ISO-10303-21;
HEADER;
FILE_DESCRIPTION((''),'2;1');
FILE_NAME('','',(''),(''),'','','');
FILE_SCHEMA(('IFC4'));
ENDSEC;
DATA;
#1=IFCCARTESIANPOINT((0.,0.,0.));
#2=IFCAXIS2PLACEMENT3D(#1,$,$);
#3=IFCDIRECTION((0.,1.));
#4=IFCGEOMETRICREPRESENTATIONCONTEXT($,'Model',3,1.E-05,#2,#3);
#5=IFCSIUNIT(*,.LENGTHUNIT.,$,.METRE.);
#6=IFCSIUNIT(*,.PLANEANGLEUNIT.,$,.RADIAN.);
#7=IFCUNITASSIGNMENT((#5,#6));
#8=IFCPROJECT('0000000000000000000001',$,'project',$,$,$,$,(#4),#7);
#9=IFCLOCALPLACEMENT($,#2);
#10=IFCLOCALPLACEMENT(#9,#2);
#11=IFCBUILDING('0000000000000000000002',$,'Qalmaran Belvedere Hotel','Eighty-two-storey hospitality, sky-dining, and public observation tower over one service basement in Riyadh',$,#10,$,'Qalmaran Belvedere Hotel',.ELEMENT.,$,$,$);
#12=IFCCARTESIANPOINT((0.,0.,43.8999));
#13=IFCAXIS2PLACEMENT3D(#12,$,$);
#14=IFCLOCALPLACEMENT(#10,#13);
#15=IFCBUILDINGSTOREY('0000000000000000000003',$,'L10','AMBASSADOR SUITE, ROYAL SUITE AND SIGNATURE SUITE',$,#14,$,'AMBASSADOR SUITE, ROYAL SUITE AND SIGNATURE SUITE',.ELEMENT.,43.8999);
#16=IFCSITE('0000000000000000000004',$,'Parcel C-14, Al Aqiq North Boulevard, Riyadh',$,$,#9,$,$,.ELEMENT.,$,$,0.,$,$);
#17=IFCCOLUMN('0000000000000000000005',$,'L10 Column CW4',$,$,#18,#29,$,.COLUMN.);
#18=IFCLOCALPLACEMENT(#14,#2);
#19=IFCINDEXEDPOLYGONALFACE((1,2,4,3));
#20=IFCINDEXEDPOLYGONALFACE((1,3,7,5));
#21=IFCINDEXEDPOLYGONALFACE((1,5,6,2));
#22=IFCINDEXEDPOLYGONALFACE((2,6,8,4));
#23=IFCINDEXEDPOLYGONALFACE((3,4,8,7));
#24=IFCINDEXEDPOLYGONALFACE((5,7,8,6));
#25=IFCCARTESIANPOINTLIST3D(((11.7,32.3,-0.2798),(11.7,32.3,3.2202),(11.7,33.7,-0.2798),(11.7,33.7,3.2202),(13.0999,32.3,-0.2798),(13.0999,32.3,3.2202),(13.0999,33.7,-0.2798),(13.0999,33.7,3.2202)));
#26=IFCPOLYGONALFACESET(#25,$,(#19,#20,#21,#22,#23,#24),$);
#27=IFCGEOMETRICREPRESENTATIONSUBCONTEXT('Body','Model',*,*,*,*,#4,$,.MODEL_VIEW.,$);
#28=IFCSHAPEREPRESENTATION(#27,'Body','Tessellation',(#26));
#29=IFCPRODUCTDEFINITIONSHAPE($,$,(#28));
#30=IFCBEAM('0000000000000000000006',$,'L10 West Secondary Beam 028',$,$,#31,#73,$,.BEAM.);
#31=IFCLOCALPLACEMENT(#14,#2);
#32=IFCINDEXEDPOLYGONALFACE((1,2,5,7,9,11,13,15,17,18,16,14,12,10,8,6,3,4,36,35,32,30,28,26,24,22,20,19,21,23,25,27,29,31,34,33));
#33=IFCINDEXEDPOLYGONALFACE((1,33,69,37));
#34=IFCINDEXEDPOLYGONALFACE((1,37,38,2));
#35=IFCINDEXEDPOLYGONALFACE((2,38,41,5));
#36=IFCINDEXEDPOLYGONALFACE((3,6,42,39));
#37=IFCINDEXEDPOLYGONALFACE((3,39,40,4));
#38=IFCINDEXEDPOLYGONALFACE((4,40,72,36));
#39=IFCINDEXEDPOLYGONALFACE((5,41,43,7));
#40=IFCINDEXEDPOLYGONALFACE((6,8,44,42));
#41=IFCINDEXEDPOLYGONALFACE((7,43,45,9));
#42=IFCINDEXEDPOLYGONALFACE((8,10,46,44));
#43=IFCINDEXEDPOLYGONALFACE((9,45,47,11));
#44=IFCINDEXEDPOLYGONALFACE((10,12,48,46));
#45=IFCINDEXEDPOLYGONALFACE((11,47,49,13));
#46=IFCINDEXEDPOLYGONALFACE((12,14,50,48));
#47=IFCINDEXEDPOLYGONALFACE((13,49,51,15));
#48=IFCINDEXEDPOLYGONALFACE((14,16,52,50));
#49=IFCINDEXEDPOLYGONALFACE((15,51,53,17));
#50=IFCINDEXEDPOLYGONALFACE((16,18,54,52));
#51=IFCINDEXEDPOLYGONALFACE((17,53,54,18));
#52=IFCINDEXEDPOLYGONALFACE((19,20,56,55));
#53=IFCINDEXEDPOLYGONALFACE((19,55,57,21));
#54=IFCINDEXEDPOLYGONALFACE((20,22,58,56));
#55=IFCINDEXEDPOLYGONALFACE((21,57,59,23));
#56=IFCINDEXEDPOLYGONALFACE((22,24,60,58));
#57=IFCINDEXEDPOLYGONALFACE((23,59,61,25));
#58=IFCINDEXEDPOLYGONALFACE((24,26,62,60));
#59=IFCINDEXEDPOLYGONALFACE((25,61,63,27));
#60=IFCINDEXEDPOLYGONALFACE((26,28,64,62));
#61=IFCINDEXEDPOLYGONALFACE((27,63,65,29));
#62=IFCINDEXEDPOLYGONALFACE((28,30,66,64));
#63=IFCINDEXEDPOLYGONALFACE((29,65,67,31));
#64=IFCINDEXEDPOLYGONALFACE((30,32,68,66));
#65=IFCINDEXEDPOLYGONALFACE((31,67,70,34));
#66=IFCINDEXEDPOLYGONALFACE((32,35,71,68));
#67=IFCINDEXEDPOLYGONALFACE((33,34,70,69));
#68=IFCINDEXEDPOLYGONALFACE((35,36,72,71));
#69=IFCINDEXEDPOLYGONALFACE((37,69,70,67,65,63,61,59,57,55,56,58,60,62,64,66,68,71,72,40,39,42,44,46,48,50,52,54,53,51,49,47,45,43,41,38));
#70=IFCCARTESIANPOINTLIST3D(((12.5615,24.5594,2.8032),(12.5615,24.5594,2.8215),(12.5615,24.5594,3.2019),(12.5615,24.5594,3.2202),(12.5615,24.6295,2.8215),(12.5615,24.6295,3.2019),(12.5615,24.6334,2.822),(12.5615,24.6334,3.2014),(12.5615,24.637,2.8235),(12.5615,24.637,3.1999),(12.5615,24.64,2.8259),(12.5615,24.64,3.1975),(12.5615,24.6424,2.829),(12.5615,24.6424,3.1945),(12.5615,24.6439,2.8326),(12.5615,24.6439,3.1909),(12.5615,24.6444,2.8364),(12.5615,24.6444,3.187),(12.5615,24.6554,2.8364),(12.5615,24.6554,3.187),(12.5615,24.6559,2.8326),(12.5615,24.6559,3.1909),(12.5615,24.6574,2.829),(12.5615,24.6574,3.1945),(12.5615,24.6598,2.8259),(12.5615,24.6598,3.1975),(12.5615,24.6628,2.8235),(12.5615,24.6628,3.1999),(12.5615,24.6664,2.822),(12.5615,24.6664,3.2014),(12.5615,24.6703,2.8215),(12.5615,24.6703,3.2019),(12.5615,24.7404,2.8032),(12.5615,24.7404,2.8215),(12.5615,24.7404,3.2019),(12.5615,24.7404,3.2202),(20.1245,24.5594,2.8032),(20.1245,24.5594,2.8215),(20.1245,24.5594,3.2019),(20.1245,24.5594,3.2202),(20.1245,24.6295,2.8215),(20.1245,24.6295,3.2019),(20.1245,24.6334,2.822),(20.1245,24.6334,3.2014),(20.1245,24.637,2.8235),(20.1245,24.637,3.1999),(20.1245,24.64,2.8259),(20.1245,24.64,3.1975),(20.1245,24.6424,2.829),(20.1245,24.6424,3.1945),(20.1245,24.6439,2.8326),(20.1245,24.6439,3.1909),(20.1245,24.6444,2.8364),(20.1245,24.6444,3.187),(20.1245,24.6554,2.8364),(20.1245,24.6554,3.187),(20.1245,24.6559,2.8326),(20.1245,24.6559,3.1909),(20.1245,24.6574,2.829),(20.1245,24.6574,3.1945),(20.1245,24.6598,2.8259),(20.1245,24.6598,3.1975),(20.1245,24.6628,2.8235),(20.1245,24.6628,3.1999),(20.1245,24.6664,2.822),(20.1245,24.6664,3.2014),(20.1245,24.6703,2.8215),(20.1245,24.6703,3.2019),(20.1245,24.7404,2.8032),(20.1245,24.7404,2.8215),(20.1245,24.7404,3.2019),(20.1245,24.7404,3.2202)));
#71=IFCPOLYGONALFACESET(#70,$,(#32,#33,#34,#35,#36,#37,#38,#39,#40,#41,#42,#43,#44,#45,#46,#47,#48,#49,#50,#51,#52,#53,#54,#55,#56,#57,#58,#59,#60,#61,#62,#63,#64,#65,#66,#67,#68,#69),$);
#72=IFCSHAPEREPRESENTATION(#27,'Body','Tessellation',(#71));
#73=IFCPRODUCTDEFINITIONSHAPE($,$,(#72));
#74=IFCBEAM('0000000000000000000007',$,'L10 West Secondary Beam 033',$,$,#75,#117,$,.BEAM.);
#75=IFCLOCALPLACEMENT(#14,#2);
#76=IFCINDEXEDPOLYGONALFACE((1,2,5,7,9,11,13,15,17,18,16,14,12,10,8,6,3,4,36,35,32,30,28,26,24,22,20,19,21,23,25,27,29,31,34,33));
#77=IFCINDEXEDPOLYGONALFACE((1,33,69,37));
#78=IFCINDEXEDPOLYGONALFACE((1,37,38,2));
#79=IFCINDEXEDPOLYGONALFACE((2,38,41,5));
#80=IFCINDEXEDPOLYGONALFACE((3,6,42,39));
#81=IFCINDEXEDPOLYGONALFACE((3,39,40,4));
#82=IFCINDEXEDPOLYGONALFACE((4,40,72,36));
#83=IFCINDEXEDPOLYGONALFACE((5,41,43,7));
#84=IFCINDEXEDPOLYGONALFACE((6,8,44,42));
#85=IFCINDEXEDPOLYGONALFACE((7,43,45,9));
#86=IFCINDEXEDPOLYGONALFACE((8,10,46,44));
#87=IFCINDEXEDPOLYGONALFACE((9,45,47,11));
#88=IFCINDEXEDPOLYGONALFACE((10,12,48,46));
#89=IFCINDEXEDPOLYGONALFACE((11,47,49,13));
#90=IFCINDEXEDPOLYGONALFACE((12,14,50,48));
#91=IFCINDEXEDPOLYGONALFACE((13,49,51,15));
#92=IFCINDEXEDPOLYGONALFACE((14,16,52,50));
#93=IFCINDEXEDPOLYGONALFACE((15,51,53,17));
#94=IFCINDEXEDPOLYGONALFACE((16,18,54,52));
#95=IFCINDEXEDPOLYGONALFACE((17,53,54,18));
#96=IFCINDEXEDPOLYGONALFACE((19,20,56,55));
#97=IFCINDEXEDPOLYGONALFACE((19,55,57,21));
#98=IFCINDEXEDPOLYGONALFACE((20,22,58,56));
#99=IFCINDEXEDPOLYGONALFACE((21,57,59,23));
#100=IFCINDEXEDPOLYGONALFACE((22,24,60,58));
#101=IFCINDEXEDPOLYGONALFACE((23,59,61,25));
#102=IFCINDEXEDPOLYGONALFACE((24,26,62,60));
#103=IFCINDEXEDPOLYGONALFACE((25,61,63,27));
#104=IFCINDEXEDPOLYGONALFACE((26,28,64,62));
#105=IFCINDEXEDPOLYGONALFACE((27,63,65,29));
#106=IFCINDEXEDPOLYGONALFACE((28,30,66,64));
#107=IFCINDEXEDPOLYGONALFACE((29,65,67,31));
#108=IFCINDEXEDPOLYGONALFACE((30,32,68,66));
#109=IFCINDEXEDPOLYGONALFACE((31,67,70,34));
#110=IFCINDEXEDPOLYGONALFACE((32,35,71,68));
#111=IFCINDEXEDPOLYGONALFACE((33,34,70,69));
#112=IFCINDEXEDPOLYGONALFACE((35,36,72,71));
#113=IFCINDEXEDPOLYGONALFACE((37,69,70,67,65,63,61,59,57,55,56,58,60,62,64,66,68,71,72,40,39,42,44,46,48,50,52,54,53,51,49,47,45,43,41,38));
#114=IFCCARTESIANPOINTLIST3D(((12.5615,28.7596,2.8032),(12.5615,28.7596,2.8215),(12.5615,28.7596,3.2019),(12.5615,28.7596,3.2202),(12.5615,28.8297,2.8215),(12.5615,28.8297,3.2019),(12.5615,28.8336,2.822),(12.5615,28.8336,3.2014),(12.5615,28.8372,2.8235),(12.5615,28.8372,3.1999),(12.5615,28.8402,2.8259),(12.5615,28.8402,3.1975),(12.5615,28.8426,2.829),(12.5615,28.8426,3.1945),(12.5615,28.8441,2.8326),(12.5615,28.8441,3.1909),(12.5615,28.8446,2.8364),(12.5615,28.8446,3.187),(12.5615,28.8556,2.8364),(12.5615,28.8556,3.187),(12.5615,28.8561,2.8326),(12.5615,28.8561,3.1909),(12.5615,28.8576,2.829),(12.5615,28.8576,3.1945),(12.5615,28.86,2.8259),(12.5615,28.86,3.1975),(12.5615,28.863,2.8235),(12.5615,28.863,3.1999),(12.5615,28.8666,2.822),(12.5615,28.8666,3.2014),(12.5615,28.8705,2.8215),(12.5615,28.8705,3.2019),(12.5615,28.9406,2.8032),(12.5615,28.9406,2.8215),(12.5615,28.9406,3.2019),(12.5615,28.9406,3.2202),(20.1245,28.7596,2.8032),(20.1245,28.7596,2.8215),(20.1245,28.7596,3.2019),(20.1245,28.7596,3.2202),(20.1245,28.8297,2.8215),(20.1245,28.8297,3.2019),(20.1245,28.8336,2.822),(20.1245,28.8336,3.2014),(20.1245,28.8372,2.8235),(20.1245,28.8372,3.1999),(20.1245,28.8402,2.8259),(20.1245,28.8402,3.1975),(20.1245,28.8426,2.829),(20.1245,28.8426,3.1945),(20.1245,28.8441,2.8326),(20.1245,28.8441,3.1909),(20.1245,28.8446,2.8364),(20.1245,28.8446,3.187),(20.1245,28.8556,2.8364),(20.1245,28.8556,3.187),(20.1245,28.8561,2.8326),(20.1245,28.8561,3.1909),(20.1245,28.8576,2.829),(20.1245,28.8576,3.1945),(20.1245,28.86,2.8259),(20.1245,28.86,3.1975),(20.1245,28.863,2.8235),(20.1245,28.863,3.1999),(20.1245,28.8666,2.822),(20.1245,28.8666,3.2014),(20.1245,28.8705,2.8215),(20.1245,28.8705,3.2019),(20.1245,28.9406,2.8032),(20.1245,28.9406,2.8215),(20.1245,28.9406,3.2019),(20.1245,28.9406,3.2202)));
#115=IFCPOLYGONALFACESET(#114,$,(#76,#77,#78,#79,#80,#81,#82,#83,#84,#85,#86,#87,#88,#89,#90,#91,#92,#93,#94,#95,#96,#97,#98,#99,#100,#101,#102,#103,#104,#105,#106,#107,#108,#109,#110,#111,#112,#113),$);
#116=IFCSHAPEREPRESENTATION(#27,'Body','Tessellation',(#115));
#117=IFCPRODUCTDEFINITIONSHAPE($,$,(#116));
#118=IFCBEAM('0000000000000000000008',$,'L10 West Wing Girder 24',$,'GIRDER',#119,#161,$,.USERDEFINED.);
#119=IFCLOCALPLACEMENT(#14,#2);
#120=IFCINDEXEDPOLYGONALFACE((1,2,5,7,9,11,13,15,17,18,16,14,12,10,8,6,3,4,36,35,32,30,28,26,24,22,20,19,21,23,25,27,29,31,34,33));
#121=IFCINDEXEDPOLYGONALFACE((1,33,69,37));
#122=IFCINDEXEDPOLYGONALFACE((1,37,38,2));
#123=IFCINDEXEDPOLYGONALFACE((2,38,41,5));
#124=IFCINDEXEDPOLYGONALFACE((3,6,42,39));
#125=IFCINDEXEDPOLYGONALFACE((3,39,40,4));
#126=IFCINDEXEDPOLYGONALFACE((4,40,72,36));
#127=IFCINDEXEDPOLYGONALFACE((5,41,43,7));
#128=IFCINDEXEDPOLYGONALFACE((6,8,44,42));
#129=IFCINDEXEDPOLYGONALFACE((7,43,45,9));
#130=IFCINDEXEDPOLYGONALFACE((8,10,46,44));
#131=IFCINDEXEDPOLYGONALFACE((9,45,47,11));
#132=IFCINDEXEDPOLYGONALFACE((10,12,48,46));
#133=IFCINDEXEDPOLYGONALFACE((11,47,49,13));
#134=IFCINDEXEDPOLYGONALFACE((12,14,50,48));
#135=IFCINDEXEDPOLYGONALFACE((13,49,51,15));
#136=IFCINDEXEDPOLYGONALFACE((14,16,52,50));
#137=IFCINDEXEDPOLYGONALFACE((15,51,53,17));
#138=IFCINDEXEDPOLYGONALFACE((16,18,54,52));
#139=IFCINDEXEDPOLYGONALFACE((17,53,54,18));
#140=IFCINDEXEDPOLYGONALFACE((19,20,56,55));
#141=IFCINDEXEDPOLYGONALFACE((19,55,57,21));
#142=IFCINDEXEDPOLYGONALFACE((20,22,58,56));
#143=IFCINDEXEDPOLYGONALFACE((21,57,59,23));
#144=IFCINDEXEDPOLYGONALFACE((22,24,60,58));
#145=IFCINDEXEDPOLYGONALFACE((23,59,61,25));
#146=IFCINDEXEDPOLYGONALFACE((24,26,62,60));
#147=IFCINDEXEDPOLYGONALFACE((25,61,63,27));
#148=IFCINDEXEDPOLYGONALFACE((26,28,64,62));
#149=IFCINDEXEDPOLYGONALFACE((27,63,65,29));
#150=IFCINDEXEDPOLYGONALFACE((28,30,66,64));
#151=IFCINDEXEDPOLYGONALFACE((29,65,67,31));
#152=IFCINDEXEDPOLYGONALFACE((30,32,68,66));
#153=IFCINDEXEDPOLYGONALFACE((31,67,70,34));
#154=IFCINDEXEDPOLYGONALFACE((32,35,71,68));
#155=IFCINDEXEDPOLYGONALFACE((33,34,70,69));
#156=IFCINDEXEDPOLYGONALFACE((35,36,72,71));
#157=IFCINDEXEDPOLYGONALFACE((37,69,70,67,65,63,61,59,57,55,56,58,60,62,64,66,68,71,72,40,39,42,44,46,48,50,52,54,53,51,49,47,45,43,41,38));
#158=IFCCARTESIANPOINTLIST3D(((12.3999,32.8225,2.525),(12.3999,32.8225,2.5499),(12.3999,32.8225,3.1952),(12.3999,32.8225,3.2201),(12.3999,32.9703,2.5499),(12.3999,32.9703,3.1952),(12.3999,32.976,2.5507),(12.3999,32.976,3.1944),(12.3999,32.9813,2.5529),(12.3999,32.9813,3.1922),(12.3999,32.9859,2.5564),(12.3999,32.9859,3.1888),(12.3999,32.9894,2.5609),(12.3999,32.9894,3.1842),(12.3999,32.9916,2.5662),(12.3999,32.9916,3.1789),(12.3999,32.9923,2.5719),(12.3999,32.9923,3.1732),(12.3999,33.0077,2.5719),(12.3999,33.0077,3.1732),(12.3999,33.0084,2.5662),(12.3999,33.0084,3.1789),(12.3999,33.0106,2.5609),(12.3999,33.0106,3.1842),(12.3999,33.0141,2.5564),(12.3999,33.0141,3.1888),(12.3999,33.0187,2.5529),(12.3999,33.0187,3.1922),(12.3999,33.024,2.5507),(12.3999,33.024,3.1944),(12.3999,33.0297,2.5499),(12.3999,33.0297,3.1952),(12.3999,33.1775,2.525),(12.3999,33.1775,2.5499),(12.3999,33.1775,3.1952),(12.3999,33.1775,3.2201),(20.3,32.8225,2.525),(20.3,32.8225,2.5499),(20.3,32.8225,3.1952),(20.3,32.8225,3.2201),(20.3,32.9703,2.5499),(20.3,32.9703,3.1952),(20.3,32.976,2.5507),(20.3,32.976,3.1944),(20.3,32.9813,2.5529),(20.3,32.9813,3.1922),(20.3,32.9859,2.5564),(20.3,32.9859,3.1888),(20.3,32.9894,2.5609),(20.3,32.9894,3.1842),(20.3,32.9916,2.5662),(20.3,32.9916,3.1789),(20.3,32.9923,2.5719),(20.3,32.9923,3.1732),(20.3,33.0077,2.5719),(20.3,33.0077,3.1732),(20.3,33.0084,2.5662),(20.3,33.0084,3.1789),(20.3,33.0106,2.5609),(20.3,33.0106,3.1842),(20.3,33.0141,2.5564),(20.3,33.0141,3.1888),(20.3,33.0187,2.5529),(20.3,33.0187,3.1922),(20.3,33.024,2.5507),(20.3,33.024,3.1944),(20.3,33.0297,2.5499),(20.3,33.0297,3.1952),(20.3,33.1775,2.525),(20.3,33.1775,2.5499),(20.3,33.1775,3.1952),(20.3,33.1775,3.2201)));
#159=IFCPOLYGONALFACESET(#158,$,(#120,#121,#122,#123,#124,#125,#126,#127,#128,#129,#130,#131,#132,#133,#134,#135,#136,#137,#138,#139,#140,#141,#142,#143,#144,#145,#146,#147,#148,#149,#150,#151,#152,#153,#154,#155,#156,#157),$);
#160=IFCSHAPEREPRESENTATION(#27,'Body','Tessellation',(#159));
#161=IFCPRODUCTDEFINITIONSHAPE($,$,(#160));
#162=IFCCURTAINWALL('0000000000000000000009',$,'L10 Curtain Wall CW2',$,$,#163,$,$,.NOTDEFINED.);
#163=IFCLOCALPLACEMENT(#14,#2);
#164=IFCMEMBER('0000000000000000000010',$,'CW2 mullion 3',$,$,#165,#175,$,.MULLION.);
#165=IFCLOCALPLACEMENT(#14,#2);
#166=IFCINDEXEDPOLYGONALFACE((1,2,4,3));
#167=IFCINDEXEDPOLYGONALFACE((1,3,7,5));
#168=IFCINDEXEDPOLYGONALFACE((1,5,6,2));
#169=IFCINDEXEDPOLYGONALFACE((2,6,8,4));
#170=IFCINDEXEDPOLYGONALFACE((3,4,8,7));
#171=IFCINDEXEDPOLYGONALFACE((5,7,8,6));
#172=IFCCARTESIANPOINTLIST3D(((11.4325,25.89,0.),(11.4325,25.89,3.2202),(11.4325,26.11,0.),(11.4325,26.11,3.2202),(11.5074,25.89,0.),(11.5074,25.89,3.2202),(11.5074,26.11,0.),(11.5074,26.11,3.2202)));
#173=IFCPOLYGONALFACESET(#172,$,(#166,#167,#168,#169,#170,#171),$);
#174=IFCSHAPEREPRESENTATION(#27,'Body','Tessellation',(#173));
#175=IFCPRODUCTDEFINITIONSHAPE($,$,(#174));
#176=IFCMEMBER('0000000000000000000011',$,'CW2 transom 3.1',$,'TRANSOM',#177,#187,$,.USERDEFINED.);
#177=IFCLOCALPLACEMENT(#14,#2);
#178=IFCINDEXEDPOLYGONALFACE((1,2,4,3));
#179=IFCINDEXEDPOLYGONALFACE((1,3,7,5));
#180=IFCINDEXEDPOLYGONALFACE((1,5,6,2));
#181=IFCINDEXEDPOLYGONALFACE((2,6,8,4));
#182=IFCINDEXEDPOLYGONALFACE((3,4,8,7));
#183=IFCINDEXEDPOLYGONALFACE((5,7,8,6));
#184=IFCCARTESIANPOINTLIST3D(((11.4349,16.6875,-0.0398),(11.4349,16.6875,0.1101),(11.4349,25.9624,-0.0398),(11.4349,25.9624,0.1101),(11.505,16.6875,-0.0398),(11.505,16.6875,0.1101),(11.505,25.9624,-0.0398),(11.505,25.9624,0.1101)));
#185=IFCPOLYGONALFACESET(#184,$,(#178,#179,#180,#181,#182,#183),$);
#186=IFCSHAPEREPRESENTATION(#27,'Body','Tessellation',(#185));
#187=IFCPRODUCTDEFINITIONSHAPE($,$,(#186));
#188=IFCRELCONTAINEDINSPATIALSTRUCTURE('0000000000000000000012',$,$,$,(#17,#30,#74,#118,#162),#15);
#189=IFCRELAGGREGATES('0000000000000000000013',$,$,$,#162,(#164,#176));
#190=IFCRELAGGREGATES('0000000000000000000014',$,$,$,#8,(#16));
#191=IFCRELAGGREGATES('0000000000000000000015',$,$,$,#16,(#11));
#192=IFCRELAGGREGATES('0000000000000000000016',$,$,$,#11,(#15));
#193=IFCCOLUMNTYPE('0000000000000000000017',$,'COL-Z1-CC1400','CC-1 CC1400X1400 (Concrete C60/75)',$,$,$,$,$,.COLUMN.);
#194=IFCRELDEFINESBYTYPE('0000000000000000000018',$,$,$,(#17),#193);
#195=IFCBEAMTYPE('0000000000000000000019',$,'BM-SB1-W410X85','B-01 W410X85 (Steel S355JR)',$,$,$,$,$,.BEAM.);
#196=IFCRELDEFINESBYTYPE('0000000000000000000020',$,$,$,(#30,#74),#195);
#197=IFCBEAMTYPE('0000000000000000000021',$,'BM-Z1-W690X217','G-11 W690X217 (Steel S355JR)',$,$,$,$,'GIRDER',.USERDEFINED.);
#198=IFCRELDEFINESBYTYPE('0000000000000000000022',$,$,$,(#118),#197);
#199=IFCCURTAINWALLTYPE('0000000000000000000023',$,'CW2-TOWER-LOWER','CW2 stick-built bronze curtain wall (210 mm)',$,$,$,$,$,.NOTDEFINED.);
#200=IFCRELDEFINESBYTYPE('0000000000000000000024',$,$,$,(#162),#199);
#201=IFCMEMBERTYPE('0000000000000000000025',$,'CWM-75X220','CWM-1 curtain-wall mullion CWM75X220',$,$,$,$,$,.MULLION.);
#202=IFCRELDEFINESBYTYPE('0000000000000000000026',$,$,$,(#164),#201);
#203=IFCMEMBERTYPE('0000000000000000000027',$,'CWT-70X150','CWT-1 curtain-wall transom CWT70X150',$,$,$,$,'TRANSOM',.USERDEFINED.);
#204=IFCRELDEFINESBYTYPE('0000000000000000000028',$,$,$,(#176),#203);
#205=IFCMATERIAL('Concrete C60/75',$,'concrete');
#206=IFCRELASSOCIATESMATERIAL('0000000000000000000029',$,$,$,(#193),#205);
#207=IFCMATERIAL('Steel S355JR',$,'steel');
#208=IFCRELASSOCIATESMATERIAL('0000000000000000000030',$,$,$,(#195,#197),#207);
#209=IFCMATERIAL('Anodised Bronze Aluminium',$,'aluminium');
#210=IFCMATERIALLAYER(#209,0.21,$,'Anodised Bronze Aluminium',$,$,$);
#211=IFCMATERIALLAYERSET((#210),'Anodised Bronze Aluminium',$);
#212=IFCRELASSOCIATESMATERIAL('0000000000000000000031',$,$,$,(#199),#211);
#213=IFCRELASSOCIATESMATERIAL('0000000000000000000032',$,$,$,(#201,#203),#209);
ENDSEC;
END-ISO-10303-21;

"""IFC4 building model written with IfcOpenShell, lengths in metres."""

from ifc_helpers import new_model, si_unit, direction, frame, origin, origin_2d, place, context, subcontext, project, spatial, rectangle, i_section, extrude, material, layer, layer_set, material_profile, profile_set, type_object, element, aggregate, save


model = new_model("IFC4")

# Units and contexts
model_context = context("Model", 3, precision=1e-05, world=origin(), true_north=direction((0.0, 1.0)))
body_context = subcontext(model_context, "Body", "Model", "MODEL_VIEW")
ifc_project = project(units=[si_unit("LENGTHUNIT", "METRE"), si_unit("PLANEANGLEUNIT", "RADIAN")], contexts=[model_context])

# Site, building, storey
site_placement = place(None, origin())
site = spatial("IfcSite", under=ifc_project, at=site_placement, Name="Parcel C-14, Al Aqiq North Boulevard, Riyadh", CompositionType="ELEMENT", RefElevation=0.0)
building_placement = place(site_placement, origin())
building = spatial("IfcBuilding", under=site, at=building_placement, Name="Qalmaran Belvedere Hotel", Description="Eighty-two-storey hospitality, sky-dining, and public observation tower over one service basement in Riyadh", LongName="Qalmaran Belvedere Hotel", CompositionType="ELEMENT")
storey_placement = place(building_placement, frame((0.0, 0.0, 43.8999)))
storey = spatial("IfcBuildingStorey", under=building, at=storey_placement, Name="L10", Description="AMBASSADOR SUITE, ROYAL SUITE AND SIGNATURE SUITE", LongName="AMBASSADOR SUITE, ROYAL SUITE AND SIGNATURE SUITE", CompositionType="ELEMENT", Elevation=43.8999)

# Column
ifc_material_1 = material(Name="Concrete C60/75", Category="concrete")
ifc_material_profile_1 = material_profile(ifc_material_1, rectangle(XDim=1.3999, YDim=1.3999, at=origin_2d()), Name="CC1400X1400")
ifc_profile_set_1 = profile_set([ifc_material_profile_1], Name="Concrete C60/75")
column_type = type_object("IfcColumnType", Name="COL-Z1-CC1400", Description="CC-1 CC1400X1400 (Concrete C60/75)", PredefinedType="COLUMN", material=ifc_profile_set_1)
column_placement = place(storey_placement, frame((12.3999, 33.0, -0.2798), z_axis=(0.0, 0.0, 1.0), x_axis=(1.0, 0.0, 0.0)))
element("IfcColumn", 1, at=column_placement, inside=storey, type_object=column_type, Name="L10 Column CW4", PredefinedType="COLUMN", context=body_context, shape_type="SweptSolid", body=[
    extrude(rectangle(XDim=1.3999, YDim=1.3999, at=origin_2d()), origin(), (0.0, 0.0, 1.0), 3.5),
])

# Beams
ifc_material_2 = material(Name="Steel S355JR", Category="steel")
ifc_material_profile_2 = material_profile(ifc_material_2, i_section(OverallWidth=0.1809, OverallDepth=0.417, WebThickness=0.011, FlangeThickness=0.0183, FilletRadius=0.0149, at=origin_2d()), Name="W410X85")
ifc_profile_set_2 = profile_set([ifc_material_profile_2], Name="Steel S355JR")
beam_type_1 = type_object("IfcBeamType", Name="BM-SB1-W410X85", Description="B-01 W410X85 (Steel S355JR)", PredefinedType="BEAM", material=ifc_profile_set_2)
for number, where, z_axis, x_axis, name in (
    (2, (12.5615, 24.6499, 3.0117), (1.0, 0.0, 0.0), (0.0, 1.0, 0.0), "L10 West Secondary Beam 028"),
    (3, (12.5615, 28.8501, 3.0117), (1.0, 0.0, 0.0), (0.0, 1.0, 0.0), "L10 West Secondary Beam 033"),
):
    element("IfcBeam", number, at=place(storey_placement, frame(where, z_axis=z_axis, x_axis=x_axis)), inside=storey, type_object=beam_type_1, Name=name, PredefinedType="BEAM", context=body_context, shape_type="SweptSolid", body=[
        extrude(i_section(OverallWidth=0.1809, OverallDepth=0.417, WebThickness=0.011, FlangeThickness=0.0183, FilletRadius=0.0149, at=origin_2d()), origin(), (0.0, 0.0, 1.0), 7.563),
    ])
ifc_material_profile_3 = material_profile(ifc_material_2, i_section(OverallWidth=0.355, OverallDepth=0.6951, WebThickness=0.0154, FlangeThickness=0.0249, FilletRadius=0.022, at=origin_2d()), Name="W690X217")
ifc_profile_set_3 = profile_set([ifc_material_profile_3], Name="Steel S355JR")
beam_type_2 = type_object("IfcBeamType", Name="BM-Z1-W690X217", Description="G-11 W690X217 (Steel S355JR)", ElementType="GIRDER", PredefinedType="USERDEFINED", material=ifc_profile_set_3)
beam_placement = place(storey_placement, frame((12.3999, 33.0, 2.8726), z_axis=(1.0, 0.0, 0.0), x_axis=(0.0, 1.0, 0.0)))
element("IfcBeam", 4, at=beam_placement, inside=storey, type_object=beam_type_2, Name="L10 West Wing Girder 24", ObjectType="GIRDER", PredefinedType="USERDEFINED", context=body_context, shape_type="SweptSolid", body=[
    extrude(i_section(OverallWidth=0.355, OverallDepth=0.6951, WebThickness=0.0154, FlangeThickness=0.0249, FilletRadius=0.022, at=origin_2d()), origin(), (0.0, 0.0, 1.0), 7.9001),
])

# Curtain wall, members
ifc_material_3 = material(Name="Anodised Bronze Aluminium", Category="aluminium")
ifc_layer_1 = layer(ifc_material_3, 0.21, Name="Anodised Bronze Aluminium")
ifc_layer_set_1 = layer_set([ifc_layer_1], Name="Anodised Bronze Aluminium")
curtain_wall_type = type_object("IfcCurtainWallType", Name="CW2-TOWER-LOWER", Description="CW2 stick-built bronze curtain wall (210 mm)", PredefinedType="NOTDEFINED", material=ifc_layer_set_1)
curtain_wall_placement = place(storey_placement, origin())
curtain_wall = element("IfcCurtainWall", 5, at=curtain_wall_placement, inside=storey, type_object=curtain_wall_type, Name="L10 Curtain Wall CW2", PredefinedType="NOTDEFINED")
ifc_material_profile_4 = material_profile(ifc_material_3, rectangle(XDim=0.075, YDim=0.22, at=origin_2d()), Name="CWM75X220")
ifc_profile_set_4 = profile_set([ifc_material_profile_4], Name="Anodised Bronze Aluminium")
member_type_1 = type_object("IfcMemberType", Name="CWM-75X220", Description="CWM-1 curtain-wall mullion CWM75X220", PredefinedType="MULLION", material=ifc_profile_set_4)
member_1_placement = place(storey_placement, frame((11.47, 26.0, 0.0), z_axis=(0.0, 0.0, 1.0), x_axis=(1.0, 0.0, 0.0)))
member_1 = element("IfcMember", 6, at=member_1_placement, type_object=member_type_1, Name="CW2 mullion 3", PredefinedType="MULLION", context=body_context, shape_type="SweptSolid", body=[
    extrude(rectangle(XDim=0.075, YDim=0.22, at=origin_2d()), origin(), (0.0, 0.0, 1.0), 3.2202),
])
ifc_material_profile_5 = material_profile(ifc_material_3, rectangle(XDim=0.0701, YDim=0.1499, at=origin_2d()), Name="CWT70X150")
ifc_profile_set_5 = profile_set([ifc_material_profile_5], Name="Anodised Bronze Aluminium")
member_type_2 = type_object("IfcMemberType", Name="CWT-70X150", Description="CWT-1 curtain-wall transom CWT70X150", ElementType="TRANSOM", PredefinedType="USERDEFINED", material=ifc_profile_set_5)
member_2_placement = place(storey_placement, frame((11.47, 25.9624, 0.0352), z_axis=(0.0, -1.0, 0.0), x_axis=(1.0, 0.0, 0.0)))
member_2 = element("IfcMember", 7, at=member_2_placement, type_object=member_type_2, Name="CW2 transom 3.1", ObjectType="TRANSOM", PredefinedType="USERDEFINED", context=body_context, shape_type="SweptSolid", body=[
    extrude(rectangle(XDim=0.0701, YDim=0.1499, at=origin_2d()), origin(), (0.0, 0.0, 1.0), 9.2749),
])
aggregate(curtain_wall, [member_1, member_2])

save(model, "model.ifc")
